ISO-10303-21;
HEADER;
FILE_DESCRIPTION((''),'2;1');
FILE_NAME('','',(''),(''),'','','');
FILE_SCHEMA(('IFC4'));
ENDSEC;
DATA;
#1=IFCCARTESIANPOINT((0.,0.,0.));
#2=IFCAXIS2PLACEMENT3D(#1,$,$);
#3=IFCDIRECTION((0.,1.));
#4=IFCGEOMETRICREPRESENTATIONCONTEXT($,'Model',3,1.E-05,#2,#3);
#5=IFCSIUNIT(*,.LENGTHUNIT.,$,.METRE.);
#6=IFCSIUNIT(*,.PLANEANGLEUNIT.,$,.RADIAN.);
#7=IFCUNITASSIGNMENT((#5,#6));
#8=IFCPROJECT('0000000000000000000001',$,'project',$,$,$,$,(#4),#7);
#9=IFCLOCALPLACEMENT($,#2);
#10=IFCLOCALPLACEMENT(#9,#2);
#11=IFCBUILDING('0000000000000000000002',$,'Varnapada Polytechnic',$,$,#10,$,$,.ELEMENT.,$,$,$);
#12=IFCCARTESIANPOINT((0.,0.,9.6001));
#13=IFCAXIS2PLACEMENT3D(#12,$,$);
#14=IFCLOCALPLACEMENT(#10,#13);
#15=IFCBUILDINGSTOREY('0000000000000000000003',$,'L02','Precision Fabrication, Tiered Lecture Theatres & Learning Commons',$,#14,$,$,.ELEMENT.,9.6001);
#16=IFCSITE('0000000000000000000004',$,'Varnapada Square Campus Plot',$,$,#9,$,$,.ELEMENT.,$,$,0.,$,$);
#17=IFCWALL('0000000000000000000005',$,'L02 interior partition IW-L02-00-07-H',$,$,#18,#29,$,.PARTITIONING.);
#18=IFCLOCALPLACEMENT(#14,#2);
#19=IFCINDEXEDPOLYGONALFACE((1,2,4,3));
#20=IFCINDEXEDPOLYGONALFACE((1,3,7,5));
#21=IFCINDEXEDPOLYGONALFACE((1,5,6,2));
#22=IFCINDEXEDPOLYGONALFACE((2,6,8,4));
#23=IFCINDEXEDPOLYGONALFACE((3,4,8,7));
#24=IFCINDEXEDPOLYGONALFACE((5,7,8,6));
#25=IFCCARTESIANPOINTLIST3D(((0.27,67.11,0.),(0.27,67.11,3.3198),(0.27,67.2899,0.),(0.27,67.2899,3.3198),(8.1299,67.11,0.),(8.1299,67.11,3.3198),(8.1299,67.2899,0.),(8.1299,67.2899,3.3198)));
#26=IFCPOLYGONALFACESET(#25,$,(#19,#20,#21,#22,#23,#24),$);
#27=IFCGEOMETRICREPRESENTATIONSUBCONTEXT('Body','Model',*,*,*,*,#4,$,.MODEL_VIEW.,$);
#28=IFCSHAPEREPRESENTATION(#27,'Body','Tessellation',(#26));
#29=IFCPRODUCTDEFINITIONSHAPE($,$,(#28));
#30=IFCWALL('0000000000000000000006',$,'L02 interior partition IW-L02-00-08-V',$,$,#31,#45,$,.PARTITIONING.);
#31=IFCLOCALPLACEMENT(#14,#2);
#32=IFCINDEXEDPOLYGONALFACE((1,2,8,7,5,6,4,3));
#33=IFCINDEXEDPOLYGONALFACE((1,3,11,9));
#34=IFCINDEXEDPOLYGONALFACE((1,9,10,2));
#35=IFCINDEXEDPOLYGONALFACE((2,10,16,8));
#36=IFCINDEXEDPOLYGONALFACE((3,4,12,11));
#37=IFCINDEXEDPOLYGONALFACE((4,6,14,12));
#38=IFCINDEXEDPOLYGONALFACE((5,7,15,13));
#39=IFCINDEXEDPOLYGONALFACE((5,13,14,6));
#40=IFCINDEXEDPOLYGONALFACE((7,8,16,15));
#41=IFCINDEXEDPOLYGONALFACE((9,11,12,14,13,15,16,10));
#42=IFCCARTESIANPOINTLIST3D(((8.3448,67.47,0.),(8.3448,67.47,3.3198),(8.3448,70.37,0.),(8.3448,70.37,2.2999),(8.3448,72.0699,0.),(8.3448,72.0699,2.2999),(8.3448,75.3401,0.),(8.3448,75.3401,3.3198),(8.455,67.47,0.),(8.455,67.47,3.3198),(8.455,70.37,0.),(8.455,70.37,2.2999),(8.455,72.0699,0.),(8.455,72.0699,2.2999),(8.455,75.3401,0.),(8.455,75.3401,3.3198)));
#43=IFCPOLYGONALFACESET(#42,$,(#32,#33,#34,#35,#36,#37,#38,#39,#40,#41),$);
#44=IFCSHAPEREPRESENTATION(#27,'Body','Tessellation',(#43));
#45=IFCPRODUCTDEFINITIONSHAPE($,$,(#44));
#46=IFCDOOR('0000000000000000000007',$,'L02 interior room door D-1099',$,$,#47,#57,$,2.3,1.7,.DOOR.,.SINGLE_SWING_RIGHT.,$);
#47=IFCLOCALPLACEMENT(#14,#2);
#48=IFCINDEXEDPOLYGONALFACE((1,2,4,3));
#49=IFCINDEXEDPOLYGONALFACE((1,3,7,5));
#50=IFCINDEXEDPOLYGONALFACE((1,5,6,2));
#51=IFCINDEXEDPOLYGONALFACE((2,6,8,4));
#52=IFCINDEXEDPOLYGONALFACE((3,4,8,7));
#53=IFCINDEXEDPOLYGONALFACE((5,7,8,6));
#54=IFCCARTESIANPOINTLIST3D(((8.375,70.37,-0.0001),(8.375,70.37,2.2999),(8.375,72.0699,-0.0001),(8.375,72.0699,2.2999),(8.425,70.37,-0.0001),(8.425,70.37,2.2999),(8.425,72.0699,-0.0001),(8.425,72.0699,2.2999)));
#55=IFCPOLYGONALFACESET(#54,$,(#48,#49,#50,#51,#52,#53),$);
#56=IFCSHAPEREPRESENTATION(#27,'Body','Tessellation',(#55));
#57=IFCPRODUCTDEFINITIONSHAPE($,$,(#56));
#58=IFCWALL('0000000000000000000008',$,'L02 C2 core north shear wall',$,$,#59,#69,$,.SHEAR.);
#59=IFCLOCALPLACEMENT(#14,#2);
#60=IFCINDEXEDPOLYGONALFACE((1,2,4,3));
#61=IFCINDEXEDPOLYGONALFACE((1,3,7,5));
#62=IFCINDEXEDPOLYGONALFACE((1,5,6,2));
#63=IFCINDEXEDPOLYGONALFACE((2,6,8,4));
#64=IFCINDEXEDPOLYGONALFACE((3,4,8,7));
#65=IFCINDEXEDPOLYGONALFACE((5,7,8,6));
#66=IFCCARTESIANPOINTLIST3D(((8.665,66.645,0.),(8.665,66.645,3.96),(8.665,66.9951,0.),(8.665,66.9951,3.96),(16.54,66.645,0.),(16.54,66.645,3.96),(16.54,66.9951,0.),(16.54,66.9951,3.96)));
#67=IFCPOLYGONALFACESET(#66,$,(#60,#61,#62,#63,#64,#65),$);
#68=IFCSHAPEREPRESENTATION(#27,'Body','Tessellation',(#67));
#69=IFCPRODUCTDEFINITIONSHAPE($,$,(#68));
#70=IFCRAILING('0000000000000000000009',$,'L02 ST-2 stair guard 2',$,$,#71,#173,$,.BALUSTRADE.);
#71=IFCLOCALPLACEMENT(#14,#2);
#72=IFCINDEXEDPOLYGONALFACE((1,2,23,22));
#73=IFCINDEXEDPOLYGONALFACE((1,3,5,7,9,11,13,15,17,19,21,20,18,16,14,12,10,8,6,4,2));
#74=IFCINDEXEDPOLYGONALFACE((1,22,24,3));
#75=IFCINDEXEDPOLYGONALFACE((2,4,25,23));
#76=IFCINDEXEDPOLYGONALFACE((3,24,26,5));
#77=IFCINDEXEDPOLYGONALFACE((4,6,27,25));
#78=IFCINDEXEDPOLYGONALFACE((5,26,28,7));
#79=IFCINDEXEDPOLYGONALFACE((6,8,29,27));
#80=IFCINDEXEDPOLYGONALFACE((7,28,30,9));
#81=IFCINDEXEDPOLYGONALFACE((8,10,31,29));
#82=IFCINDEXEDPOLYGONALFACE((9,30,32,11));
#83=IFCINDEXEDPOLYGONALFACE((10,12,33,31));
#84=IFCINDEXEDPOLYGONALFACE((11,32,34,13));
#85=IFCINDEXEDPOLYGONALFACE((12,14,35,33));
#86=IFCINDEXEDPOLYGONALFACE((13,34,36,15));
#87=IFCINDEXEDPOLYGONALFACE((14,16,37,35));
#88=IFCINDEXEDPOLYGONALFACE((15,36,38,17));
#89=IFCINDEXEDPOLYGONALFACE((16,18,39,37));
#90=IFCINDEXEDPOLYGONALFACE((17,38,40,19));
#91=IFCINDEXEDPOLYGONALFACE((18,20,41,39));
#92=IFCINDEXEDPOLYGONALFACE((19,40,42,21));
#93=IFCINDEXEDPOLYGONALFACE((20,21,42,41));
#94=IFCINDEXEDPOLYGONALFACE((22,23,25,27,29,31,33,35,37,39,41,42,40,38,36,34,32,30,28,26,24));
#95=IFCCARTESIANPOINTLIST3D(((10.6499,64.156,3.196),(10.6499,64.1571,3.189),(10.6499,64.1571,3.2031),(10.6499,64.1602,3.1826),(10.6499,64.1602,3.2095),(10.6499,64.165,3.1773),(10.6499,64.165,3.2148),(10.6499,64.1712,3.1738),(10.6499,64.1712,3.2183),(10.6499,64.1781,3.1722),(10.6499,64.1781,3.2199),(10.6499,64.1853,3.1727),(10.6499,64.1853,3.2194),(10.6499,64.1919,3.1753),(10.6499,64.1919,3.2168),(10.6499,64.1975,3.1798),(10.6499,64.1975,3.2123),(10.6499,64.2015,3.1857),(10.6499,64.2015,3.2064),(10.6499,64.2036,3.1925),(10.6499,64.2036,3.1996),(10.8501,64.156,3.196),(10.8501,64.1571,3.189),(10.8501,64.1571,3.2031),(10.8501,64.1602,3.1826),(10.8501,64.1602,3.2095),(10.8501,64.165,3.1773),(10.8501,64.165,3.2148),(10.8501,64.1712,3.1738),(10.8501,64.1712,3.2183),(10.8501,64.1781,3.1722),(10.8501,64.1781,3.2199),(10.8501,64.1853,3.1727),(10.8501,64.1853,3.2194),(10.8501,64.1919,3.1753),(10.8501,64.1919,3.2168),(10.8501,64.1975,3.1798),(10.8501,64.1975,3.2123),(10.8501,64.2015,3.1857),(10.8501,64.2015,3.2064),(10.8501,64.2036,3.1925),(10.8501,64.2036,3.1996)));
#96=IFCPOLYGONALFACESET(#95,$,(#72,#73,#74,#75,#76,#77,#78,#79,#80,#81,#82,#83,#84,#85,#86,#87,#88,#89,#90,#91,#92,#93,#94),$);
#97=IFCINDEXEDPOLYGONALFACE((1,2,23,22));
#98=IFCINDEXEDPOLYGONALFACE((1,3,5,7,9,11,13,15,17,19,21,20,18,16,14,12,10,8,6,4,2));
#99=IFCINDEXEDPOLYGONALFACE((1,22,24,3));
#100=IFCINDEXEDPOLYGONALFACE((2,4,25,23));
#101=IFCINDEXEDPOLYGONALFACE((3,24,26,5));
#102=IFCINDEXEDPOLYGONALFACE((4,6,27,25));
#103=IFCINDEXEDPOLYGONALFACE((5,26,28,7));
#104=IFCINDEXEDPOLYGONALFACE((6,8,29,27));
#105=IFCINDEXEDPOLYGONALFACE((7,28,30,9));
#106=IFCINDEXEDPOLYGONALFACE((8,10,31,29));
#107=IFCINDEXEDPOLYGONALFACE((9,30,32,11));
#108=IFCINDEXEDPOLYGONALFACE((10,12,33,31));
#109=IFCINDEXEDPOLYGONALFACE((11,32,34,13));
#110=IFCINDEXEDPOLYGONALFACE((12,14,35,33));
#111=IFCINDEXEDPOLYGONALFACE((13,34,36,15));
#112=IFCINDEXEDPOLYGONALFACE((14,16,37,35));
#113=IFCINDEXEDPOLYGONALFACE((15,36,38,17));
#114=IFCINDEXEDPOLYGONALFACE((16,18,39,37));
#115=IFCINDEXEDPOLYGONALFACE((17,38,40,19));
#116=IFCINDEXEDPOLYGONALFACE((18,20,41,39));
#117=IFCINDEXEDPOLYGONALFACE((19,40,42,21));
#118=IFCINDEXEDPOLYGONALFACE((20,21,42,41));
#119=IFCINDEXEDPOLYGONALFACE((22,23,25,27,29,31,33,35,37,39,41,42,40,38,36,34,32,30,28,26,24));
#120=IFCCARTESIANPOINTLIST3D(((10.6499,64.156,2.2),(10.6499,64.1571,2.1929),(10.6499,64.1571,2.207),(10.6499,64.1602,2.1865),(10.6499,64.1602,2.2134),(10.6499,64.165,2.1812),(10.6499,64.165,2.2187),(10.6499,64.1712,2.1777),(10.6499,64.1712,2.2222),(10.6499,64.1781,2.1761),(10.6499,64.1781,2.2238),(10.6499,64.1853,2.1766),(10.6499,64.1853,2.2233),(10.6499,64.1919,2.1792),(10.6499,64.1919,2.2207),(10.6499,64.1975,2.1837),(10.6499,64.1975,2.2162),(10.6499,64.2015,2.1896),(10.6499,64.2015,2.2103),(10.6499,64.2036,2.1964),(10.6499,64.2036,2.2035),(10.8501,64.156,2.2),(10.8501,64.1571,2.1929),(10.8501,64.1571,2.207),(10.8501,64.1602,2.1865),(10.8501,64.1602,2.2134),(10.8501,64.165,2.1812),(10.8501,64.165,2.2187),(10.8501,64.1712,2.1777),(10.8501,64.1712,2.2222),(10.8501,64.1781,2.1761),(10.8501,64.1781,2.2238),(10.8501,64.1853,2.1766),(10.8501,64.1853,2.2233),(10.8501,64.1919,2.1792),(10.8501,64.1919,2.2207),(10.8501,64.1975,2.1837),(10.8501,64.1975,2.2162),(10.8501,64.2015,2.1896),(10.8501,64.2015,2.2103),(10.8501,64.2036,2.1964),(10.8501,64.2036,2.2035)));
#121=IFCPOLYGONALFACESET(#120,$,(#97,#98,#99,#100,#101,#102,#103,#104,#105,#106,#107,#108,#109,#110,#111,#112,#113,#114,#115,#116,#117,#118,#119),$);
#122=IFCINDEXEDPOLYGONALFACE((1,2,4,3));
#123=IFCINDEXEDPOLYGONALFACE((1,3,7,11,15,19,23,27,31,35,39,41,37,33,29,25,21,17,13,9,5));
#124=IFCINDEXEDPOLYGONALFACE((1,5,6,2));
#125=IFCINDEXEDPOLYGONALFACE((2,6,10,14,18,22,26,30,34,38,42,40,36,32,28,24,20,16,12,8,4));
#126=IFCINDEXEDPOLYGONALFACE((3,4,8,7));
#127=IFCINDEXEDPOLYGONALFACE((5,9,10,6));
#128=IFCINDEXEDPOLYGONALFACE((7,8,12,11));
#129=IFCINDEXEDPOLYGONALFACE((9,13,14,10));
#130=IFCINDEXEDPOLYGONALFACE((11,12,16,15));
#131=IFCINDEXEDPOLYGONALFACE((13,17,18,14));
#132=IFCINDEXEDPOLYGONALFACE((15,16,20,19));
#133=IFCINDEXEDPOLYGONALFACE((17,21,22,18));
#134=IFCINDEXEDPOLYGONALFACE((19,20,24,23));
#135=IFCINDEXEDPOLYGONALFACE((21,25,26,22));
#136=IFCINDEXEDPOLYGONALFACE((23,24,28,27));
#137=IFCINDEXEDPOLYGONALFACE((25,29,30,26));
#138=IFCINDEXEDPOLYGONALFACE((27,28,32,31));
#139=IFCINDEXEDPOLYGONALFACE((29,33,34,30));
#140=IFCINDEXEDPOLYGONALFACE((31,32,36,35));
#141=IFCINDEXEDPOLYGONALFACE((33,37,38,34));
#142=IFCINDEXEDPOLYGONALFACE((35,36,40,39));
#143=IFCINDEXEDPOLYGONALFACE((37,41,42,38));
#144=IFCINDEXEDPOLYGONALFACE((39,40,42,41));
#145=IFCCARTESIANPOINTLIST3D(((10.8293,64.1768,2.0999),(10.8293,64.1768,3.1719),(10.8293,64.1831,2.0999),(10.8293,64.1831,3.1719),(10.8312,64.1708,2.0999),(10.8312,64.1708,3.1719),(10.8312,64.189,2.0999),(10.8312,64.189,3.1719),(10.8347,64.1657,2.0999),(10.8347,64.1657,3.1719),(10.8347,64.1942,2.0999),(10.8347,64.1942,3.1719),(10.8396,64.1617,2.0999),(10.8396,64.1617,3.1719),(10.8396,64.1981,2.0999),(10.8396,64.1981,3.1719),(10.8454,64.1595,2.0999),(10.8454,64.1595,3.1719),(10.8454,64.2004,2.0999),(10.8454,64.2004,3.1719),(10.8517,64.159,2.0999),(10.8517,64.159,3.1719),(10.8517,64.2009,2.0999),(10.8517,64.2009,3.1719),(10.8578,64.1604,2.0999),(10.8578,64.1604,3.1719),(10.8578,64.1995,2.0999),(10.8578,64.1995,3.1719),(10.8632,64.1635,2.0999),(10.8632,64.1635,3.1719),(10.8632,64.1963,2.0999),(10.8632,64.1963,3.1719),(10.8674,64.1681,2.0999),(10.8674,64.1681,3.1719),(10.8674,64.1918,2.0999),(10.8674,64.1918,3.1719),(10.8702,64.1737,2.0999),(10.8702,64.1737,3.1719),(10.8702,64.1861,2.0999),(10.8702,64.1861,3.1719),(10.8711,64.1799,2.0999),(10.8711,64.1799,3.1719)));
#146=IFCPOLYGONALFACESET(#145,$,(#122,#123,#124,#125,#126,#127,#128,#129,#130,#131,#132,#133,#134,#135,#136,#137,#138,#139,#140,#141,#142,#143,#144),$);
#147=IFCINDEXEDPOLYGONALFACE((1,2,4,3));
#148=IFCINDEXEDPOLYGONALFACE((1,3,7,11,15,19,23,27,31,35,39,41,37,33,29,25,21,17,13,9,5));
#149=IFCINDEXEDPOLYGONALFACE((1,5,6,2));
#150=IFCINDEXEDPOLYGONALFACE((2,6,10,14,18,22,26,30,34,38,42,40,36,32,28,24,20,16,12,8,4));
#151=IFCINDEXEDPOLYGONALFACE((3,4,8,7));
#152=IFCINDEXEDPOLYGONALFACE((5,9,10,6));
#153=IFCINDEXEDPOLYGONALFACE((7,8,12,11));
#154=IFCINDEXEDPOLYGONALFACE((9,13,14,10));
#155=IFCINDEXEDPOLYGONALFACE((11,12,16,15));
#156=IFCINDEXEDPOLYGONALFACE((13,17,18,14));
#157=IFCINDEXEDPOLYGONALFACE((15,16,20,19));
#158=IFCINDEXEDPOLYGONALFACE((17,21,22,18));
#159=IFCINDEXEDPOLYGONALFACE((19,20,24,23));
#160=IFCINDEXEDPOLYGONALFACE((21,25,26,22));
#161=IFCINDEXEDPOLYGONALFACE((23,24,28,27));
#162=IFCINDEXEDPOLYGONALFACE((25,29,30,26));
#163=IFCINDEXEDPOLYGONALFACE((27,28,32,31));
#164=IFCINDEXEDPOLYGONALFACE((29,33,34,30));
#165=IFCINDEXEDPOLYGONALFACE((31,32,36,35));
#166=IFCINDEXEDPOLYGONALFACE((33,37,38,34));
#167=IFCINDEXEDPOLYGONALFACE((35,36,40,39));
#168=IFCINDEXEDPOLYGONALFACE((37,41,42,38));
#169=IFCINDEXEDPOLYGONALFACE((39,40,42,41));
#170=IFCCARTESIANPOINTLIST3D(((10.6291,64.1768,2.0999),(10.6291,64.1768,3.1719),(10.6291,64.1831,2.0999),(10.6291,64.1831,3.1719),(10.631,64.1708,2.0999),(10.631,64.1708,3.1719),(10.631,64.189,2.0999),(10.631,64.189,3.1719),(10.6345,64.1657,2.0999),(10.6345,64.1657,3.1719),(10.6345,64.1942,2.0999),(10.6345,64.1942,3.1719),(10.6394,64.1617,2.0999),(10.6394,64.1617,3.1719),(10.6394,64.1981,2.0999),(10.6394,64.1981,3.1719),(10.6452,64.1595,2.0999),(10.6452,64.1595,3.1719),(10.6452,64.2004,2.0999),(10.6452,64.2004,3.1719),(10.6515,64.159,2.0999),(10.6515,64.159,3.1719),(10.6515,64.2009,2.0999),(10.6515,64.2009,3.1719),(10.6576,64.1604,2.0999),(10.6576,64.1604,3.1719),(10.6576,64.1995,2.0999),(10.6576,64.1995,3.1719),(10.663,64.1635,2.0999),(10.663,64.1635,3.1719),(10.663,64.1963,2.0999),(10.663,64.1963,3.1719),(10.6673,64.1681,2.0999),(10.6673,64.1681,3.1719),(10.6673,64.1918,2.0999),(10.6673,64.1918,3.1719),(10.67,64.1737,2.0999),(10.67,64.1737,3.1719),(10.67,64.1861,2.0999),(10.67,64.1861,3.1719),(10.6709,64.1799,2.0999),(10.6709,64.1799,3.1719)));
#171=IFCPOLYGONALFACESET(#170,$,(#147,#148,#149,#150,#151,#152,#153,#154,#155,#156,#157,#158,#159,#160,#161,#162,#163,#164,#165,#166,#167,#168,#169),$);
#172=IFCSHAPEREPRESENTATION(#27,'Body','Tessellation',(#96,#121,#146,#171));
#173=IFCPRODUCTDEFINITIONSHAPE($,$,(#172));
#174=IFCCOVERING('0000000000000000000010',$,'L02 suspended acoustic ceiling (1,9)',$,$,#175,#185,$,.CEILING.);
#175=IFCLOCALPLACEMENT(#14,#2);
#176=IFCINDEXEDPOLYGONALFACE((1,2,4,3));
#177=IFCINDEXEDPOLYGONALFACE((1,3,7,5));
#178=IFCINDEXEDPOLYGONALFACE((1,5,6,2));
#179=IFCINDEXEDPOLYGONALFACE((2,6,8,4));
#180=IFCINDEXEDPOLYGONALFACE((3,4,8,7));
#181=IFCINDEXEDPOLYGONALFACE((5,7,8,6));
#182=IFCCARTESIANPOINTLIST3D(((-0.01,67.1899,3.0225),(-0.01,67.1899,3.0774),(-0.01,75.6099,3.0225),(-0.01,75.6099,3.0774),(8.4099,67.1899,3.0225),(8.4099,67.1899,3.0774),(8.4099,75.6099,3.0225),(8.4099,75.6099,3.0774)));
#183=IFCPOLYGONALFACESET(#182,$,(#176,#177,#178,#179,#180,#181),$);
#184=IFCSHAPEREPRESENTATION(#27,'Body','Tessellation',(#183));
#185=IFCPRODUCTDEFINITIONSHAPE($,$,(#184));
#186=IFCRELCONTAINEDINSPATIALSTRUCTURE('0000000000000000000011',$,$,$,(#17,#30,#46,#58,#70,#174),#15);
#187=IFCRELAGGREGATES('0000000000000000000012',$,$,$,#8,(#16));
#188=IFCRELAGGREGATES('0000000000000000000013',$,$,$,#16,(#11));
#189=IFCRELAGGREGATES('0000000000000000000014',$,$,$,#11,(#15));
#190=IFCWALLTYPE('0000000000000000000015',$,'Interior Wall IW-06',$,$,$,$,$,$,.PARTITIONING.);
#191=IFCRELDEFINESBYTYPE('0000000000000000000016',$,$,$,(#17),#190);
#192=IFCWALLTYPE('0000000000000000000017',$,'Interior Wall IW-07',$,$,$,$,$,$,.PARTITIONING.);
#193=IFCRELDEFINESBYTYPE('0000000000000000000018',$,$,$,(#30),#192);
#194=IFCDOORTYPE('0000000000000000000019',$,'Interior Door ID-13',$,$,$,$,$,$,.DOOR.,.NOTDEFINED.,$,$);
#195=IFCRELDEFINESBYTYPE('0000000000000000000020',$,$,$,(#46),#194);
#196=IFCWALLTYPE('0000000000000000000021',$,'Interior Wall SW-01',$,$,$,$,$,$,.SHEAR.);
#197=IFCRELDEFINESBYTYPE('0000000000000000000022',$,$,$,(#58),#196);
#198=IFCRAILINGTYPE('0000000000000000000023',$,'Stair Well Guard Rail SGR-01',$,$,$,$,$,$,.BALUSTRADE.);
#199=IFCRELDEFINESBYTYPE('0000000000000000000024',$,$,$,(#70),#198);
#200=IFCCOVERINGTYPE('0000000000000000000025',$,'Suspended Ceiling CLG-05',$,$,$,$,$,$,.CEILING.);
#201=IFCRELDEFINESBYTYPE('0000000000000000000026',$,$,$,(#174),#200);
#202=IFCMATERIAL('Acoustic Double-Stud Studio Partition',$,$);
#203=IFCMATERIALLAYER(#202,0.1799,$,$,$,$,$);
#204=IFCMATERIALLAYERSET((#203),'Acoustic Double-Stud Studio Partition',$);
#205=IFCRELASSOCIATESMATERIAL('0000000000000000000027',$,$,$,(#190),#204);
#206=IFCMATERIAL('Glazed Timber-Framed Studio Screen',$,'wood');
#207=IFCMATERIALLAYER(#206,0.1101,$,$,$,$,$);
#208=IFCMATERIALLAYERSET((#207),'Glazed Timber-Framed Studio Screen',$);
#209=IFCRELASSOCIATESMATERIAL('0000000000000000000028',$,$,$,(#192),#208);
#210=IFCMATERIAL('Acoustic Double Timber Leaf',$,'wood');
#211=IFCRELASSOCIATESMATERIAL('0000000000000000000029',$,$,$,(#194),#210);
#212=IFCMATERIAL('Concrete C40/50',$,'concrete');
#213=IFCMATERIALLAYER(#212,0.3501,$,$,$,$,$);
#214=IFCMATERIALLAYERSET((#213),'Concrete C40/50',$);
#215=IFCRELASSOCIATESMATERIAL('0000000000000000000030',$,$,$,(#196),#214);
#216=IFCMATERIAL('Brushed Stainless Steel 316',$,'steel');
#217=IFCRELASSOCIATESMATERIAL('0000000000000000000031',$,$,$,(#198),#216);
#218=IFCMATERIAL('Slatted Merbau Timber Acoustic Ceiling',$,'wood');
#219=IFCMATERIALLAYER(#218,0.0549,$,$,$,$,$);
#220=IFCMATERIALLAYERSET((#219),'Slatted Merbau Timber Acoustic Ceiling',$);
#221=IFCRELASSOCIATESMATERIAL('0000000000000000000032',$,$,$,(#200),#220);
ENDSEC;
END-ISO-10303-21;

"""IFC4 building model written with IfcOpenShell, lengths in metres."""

from ifc_helpers import new_model, si_unit, direction, frame, frame_2d, origin, origin_2d, place, context, subcontext, project, spatial, rectangle, circle, extrude, material, layer, layer_set, type_object, element, fill, save


model = new_model("IFC4")

# Units and contexts
model_context = context("Model", 3, precision=1e-05, world=origin(), true_north=direction((0.0, 1.0)))
body_context = subcontext(model_context, "Body", "Model", "MODEL_VIEW")
ifc_project = project(units=[si_unit("LENGTHUNIT", "METRE"), si_unit("PLANEANGLEUNIT", "RADIAN")], contexts=[model_context])

# Site, building, storey
site_placement = place(None, origin())
site = spatial("IfcSite", under=ifc_project, at=site_placement, Name="Varnapada Square Campus Plot", CompositionType="ELEMENT", RefElevation=0.0)
building_placement = place(site_placement, origin())
building = spatial("IfcBuilding", under=site, at=building_placement, Name="Varnapada Polytechnic", CompositionType="ELEMENT")
storey_placement = place(building_placement, frame((0.0, 0.0, 9.6001)))
storey = spatial("IfcBuildingStorey", under=building, at=storey_placement, Name="L02", Description="Precision Fabrication, Tiered Lecture Theatres & Learning Commons", CompositionType="ELEMENT", Elevation=9.6001)

# Wall
ifc_material_1 = material(Name="Acoustic Double-Stud Studio Partition")
ifc_layer_1 = layer(ifc_material_1, 0.1799)
ifc_layer_set_1 = layer_set([ifc_layer_1], Name="Acoustic Double-Stud Studio Partition")
wall_type_1 = type_object("IfcWallType", Name="Interior Wall IW-06", PredefinedType="PARTITIONING", material=ifc_layer_set_1)
wall_1_placement = place(storey_placement, frame((0.27, 67.2, 0.0), z_axis=(0.0, 0.0, 1.0), x_axis=(1.0, 0.0, 0.0)))
element("IfcWall", 1, at=wall_1_placement, inside=storey, type_object=wall_type_1, Name="L02 interior partition IW-L02-00-07-H", PredefinedType="PARTITIONING", context=body_context, shape_type="SweptSolid", body=[
    extrude(rectangle(XDim=7.8599, YDim=0.1799, at=frame_2d((3.9299, 0.0))), origin(), (0.0, 0.0, 1.0), 3.3198),
])

# Wall, opening, door
ifc_material_2 = material(Name="Glazed Timber-Framed Studio Screen", Category="wood")
ifc_layer_2 = layer(ifc_material_2, 0.1101)
ifc_layer_set_2 = layer_set([ifc_layer_2], Name="Glazed Timber-Framed Studio Screen")
wall_type_2 = type_object("IfcWallType", Name="Interior Wall IW-07", PredefinedType="PARTITIONING", material=ifc_layer_set_2)
wall_2_placement = place(storey_placement, frame((8.3999, 67.47, 0.0), z_axis=(0.0, 0.0, 1.0), x_axis=(0.0, 1.0, 0.0)))
wall_2 = element("IfcWall", 2, at=wall_2_placement, inside=storey, type_object=wall_type_2, Name="L02 interior partition IW-L02-00-08-V", PredefinedType="PARTITIONING", context=body_context, shape_type="SweptSolid", body=[
    extrude(rectangle(XDim=7.8701, YDim=0.1101, at=frame_2d((3.9351, 0.0))), origin(), (0.0, 0.0, 1.0), 3.3198),
])
opening_placement = place(wall_2_placement, frame((2.8999, 0.0, 0.0)))
opening = element("IfcOpeningElement", 3, at=opening_placement, cuts=wall_2, PredefinedType="OPENING", context=body_context, shape_type="SweptSolid", body=[
    extrude(rectangle(XDim=1.7, YDim=2.3, at=frame_2d((0.8501, 1.1499))), frame((0.0, 0.0649, 0.0), z_axis=(0.0, -1.0, 0.0), x_axis=(1.0, 0.0, 0.0)), (0.0, 0.0, 1.0), 0.1301),
])
ifc_material_3 = material(Name="Acoustic Double Timber Leaf", Category="wood")
door_type = type_object("IfcDoorType", Name="Interior Door ID-13", OperationType="NOTDEFINED", PredefinedType="DOOR", material=ifc_material_3)
door_placement = place(opening_placement, origin())
door = element("IfcDoor", 4, at=door_placement, inside=storey, type_object=door_type, Name="L02 interior room door D-1099", OperationType="SINGLE_SWING_RIGHT", OverallHeight=2.3, OverallWidth=1.7, PredefinedType="DOOR", context=body_context, shape_type="SweptSolid", body=[
    extrude(rectangle(XDim=1.7, YDim=2.3, at=frame_2d((0.8501, 1.1499))), frame((0.0, 0.0249, 0.0), z_axis=(0.0, -1.0, 0.0), x_axis=(1.0, 0.0, 0.0)), (0.0, 0.0, 1.0), 0.05),
])
fill(opening, door)

# Wall
ifc_material_4 = material(Name="Concrete C40/50", Category="concrete")
ifc_layer_3 = layer(ifc_material_4, 0.3501)
ifc_layer_set_3 = layer_set([ifc_layer_3], Name="Concrete C40/50")
wall_type_3 = type_object("IfcWallType", Name="Interior Wall SW-01", PredefinedType="SHEAR", material=ifc_layer_set_3)
wall_3_placement = place(storey_placement, frame((8.665, 66.8201, 0.0), z_axis=(0.0, 0.0, 1.0), x_axis=(1.0, 0.0, 0.0)))
element("IfcWall", 5, at=wall_3_placement, inside=storey, type_object=wall_type_3, Name="L02 C2 core north shear wall", PredefinedType="SHEAR", context=body_context, shape_type="SweptSolid", body=[
    extrude(rectangle(XDim=7.875, YDim=0.3501, at=frame_2d((3.9375, 0.0))), origin(), (0.0, 0.0, 1.0), 3.96),
])

# Railing
ifc_material_5 = material(Name="Brushed Stainless Steel 316", Category="steel")
railing_type = type_object("IfcRailingType", Name="Stair Well Guard Rail SGR-01", PredefinedType="BALUSTRADE", material=ifc_material_5)
railing_1_placement = place(storey_placement, frame((10.8501, 64.1799, 2.0999)))
element("IfcRailing", 6, at=railing_1_placement, inside=storey, type_object=railing_type, Name="L02 ST-2 stair guard 2", PredefinedType="BALUSTRADE", context=body_context, shape_type="SweptSolid", body=[
    extrude(circle(Radius=0.0239, at=origin_2d()), frame((0.0, 0.0, 1.0962), z_axis=(-1.0, 0.0, 0.0), x_axis=(0.0, -1.0, 0.0)), (0.0, 0.0, 1.0), 0.2002),
    extrude(circle(Radius=0.0239, at=origin_2d()), frame((0.0, 0.0, 0.1001), z_axis=(-1.0, 0.0, 0.0), x_axis=(0.0, -1.0, 0.0)), (0.0, 0.0, 1.0), 0.2002),
    extrude(circle(Radius=0.021, at=origin_2d()), origin(), (0.0, 0.0, 1.0), 1.072),
    extrude(circle(Radius=0.021, at=origin_2d()), frame((-0.2002, 0.0, 0.0)), (0.0, 0.0, 1.0), 1.072),
])

# Covering
ifc_material_6 = material(Name="Slatted Merbau Timber Acoustic Ceiling", Category="wood")
ifc_layer_4 = layer(ifc_material_6, 0.0549)
ifc_layer_set_4 = layer_set([ifc_layer_4], Name="Slatted Merbau Timber Acoustic Ceiling")
covering_type = type_object("IfcCoveringType", Name="Suspended Ceiling CLG-05", PredefinedType="CEILING", material=ifc_layer_set_4)
covering_placement = place(storey_placement, frame((4.2, 71.3999, 3.0225), z_axis=(0.0, 0.0, 1.0), x_axis=(1.0, 0.0, 0.0)))
element("IfcCovering", 7, at=covering_placement, inside=storey, type_object=covering_type, Name="L02 suspended acoustic ceiling (1,9)", PredefinedType="CEILING", context=body_context, shape_type="SweptSolid", body=[
    extrude(rectangle(XDim=8.4199, YDim=8.4199, at=origin_2d()), origin(), (0.0, 0.0, 1.0), 0.0549),
])

save(model, "model.ifc")
